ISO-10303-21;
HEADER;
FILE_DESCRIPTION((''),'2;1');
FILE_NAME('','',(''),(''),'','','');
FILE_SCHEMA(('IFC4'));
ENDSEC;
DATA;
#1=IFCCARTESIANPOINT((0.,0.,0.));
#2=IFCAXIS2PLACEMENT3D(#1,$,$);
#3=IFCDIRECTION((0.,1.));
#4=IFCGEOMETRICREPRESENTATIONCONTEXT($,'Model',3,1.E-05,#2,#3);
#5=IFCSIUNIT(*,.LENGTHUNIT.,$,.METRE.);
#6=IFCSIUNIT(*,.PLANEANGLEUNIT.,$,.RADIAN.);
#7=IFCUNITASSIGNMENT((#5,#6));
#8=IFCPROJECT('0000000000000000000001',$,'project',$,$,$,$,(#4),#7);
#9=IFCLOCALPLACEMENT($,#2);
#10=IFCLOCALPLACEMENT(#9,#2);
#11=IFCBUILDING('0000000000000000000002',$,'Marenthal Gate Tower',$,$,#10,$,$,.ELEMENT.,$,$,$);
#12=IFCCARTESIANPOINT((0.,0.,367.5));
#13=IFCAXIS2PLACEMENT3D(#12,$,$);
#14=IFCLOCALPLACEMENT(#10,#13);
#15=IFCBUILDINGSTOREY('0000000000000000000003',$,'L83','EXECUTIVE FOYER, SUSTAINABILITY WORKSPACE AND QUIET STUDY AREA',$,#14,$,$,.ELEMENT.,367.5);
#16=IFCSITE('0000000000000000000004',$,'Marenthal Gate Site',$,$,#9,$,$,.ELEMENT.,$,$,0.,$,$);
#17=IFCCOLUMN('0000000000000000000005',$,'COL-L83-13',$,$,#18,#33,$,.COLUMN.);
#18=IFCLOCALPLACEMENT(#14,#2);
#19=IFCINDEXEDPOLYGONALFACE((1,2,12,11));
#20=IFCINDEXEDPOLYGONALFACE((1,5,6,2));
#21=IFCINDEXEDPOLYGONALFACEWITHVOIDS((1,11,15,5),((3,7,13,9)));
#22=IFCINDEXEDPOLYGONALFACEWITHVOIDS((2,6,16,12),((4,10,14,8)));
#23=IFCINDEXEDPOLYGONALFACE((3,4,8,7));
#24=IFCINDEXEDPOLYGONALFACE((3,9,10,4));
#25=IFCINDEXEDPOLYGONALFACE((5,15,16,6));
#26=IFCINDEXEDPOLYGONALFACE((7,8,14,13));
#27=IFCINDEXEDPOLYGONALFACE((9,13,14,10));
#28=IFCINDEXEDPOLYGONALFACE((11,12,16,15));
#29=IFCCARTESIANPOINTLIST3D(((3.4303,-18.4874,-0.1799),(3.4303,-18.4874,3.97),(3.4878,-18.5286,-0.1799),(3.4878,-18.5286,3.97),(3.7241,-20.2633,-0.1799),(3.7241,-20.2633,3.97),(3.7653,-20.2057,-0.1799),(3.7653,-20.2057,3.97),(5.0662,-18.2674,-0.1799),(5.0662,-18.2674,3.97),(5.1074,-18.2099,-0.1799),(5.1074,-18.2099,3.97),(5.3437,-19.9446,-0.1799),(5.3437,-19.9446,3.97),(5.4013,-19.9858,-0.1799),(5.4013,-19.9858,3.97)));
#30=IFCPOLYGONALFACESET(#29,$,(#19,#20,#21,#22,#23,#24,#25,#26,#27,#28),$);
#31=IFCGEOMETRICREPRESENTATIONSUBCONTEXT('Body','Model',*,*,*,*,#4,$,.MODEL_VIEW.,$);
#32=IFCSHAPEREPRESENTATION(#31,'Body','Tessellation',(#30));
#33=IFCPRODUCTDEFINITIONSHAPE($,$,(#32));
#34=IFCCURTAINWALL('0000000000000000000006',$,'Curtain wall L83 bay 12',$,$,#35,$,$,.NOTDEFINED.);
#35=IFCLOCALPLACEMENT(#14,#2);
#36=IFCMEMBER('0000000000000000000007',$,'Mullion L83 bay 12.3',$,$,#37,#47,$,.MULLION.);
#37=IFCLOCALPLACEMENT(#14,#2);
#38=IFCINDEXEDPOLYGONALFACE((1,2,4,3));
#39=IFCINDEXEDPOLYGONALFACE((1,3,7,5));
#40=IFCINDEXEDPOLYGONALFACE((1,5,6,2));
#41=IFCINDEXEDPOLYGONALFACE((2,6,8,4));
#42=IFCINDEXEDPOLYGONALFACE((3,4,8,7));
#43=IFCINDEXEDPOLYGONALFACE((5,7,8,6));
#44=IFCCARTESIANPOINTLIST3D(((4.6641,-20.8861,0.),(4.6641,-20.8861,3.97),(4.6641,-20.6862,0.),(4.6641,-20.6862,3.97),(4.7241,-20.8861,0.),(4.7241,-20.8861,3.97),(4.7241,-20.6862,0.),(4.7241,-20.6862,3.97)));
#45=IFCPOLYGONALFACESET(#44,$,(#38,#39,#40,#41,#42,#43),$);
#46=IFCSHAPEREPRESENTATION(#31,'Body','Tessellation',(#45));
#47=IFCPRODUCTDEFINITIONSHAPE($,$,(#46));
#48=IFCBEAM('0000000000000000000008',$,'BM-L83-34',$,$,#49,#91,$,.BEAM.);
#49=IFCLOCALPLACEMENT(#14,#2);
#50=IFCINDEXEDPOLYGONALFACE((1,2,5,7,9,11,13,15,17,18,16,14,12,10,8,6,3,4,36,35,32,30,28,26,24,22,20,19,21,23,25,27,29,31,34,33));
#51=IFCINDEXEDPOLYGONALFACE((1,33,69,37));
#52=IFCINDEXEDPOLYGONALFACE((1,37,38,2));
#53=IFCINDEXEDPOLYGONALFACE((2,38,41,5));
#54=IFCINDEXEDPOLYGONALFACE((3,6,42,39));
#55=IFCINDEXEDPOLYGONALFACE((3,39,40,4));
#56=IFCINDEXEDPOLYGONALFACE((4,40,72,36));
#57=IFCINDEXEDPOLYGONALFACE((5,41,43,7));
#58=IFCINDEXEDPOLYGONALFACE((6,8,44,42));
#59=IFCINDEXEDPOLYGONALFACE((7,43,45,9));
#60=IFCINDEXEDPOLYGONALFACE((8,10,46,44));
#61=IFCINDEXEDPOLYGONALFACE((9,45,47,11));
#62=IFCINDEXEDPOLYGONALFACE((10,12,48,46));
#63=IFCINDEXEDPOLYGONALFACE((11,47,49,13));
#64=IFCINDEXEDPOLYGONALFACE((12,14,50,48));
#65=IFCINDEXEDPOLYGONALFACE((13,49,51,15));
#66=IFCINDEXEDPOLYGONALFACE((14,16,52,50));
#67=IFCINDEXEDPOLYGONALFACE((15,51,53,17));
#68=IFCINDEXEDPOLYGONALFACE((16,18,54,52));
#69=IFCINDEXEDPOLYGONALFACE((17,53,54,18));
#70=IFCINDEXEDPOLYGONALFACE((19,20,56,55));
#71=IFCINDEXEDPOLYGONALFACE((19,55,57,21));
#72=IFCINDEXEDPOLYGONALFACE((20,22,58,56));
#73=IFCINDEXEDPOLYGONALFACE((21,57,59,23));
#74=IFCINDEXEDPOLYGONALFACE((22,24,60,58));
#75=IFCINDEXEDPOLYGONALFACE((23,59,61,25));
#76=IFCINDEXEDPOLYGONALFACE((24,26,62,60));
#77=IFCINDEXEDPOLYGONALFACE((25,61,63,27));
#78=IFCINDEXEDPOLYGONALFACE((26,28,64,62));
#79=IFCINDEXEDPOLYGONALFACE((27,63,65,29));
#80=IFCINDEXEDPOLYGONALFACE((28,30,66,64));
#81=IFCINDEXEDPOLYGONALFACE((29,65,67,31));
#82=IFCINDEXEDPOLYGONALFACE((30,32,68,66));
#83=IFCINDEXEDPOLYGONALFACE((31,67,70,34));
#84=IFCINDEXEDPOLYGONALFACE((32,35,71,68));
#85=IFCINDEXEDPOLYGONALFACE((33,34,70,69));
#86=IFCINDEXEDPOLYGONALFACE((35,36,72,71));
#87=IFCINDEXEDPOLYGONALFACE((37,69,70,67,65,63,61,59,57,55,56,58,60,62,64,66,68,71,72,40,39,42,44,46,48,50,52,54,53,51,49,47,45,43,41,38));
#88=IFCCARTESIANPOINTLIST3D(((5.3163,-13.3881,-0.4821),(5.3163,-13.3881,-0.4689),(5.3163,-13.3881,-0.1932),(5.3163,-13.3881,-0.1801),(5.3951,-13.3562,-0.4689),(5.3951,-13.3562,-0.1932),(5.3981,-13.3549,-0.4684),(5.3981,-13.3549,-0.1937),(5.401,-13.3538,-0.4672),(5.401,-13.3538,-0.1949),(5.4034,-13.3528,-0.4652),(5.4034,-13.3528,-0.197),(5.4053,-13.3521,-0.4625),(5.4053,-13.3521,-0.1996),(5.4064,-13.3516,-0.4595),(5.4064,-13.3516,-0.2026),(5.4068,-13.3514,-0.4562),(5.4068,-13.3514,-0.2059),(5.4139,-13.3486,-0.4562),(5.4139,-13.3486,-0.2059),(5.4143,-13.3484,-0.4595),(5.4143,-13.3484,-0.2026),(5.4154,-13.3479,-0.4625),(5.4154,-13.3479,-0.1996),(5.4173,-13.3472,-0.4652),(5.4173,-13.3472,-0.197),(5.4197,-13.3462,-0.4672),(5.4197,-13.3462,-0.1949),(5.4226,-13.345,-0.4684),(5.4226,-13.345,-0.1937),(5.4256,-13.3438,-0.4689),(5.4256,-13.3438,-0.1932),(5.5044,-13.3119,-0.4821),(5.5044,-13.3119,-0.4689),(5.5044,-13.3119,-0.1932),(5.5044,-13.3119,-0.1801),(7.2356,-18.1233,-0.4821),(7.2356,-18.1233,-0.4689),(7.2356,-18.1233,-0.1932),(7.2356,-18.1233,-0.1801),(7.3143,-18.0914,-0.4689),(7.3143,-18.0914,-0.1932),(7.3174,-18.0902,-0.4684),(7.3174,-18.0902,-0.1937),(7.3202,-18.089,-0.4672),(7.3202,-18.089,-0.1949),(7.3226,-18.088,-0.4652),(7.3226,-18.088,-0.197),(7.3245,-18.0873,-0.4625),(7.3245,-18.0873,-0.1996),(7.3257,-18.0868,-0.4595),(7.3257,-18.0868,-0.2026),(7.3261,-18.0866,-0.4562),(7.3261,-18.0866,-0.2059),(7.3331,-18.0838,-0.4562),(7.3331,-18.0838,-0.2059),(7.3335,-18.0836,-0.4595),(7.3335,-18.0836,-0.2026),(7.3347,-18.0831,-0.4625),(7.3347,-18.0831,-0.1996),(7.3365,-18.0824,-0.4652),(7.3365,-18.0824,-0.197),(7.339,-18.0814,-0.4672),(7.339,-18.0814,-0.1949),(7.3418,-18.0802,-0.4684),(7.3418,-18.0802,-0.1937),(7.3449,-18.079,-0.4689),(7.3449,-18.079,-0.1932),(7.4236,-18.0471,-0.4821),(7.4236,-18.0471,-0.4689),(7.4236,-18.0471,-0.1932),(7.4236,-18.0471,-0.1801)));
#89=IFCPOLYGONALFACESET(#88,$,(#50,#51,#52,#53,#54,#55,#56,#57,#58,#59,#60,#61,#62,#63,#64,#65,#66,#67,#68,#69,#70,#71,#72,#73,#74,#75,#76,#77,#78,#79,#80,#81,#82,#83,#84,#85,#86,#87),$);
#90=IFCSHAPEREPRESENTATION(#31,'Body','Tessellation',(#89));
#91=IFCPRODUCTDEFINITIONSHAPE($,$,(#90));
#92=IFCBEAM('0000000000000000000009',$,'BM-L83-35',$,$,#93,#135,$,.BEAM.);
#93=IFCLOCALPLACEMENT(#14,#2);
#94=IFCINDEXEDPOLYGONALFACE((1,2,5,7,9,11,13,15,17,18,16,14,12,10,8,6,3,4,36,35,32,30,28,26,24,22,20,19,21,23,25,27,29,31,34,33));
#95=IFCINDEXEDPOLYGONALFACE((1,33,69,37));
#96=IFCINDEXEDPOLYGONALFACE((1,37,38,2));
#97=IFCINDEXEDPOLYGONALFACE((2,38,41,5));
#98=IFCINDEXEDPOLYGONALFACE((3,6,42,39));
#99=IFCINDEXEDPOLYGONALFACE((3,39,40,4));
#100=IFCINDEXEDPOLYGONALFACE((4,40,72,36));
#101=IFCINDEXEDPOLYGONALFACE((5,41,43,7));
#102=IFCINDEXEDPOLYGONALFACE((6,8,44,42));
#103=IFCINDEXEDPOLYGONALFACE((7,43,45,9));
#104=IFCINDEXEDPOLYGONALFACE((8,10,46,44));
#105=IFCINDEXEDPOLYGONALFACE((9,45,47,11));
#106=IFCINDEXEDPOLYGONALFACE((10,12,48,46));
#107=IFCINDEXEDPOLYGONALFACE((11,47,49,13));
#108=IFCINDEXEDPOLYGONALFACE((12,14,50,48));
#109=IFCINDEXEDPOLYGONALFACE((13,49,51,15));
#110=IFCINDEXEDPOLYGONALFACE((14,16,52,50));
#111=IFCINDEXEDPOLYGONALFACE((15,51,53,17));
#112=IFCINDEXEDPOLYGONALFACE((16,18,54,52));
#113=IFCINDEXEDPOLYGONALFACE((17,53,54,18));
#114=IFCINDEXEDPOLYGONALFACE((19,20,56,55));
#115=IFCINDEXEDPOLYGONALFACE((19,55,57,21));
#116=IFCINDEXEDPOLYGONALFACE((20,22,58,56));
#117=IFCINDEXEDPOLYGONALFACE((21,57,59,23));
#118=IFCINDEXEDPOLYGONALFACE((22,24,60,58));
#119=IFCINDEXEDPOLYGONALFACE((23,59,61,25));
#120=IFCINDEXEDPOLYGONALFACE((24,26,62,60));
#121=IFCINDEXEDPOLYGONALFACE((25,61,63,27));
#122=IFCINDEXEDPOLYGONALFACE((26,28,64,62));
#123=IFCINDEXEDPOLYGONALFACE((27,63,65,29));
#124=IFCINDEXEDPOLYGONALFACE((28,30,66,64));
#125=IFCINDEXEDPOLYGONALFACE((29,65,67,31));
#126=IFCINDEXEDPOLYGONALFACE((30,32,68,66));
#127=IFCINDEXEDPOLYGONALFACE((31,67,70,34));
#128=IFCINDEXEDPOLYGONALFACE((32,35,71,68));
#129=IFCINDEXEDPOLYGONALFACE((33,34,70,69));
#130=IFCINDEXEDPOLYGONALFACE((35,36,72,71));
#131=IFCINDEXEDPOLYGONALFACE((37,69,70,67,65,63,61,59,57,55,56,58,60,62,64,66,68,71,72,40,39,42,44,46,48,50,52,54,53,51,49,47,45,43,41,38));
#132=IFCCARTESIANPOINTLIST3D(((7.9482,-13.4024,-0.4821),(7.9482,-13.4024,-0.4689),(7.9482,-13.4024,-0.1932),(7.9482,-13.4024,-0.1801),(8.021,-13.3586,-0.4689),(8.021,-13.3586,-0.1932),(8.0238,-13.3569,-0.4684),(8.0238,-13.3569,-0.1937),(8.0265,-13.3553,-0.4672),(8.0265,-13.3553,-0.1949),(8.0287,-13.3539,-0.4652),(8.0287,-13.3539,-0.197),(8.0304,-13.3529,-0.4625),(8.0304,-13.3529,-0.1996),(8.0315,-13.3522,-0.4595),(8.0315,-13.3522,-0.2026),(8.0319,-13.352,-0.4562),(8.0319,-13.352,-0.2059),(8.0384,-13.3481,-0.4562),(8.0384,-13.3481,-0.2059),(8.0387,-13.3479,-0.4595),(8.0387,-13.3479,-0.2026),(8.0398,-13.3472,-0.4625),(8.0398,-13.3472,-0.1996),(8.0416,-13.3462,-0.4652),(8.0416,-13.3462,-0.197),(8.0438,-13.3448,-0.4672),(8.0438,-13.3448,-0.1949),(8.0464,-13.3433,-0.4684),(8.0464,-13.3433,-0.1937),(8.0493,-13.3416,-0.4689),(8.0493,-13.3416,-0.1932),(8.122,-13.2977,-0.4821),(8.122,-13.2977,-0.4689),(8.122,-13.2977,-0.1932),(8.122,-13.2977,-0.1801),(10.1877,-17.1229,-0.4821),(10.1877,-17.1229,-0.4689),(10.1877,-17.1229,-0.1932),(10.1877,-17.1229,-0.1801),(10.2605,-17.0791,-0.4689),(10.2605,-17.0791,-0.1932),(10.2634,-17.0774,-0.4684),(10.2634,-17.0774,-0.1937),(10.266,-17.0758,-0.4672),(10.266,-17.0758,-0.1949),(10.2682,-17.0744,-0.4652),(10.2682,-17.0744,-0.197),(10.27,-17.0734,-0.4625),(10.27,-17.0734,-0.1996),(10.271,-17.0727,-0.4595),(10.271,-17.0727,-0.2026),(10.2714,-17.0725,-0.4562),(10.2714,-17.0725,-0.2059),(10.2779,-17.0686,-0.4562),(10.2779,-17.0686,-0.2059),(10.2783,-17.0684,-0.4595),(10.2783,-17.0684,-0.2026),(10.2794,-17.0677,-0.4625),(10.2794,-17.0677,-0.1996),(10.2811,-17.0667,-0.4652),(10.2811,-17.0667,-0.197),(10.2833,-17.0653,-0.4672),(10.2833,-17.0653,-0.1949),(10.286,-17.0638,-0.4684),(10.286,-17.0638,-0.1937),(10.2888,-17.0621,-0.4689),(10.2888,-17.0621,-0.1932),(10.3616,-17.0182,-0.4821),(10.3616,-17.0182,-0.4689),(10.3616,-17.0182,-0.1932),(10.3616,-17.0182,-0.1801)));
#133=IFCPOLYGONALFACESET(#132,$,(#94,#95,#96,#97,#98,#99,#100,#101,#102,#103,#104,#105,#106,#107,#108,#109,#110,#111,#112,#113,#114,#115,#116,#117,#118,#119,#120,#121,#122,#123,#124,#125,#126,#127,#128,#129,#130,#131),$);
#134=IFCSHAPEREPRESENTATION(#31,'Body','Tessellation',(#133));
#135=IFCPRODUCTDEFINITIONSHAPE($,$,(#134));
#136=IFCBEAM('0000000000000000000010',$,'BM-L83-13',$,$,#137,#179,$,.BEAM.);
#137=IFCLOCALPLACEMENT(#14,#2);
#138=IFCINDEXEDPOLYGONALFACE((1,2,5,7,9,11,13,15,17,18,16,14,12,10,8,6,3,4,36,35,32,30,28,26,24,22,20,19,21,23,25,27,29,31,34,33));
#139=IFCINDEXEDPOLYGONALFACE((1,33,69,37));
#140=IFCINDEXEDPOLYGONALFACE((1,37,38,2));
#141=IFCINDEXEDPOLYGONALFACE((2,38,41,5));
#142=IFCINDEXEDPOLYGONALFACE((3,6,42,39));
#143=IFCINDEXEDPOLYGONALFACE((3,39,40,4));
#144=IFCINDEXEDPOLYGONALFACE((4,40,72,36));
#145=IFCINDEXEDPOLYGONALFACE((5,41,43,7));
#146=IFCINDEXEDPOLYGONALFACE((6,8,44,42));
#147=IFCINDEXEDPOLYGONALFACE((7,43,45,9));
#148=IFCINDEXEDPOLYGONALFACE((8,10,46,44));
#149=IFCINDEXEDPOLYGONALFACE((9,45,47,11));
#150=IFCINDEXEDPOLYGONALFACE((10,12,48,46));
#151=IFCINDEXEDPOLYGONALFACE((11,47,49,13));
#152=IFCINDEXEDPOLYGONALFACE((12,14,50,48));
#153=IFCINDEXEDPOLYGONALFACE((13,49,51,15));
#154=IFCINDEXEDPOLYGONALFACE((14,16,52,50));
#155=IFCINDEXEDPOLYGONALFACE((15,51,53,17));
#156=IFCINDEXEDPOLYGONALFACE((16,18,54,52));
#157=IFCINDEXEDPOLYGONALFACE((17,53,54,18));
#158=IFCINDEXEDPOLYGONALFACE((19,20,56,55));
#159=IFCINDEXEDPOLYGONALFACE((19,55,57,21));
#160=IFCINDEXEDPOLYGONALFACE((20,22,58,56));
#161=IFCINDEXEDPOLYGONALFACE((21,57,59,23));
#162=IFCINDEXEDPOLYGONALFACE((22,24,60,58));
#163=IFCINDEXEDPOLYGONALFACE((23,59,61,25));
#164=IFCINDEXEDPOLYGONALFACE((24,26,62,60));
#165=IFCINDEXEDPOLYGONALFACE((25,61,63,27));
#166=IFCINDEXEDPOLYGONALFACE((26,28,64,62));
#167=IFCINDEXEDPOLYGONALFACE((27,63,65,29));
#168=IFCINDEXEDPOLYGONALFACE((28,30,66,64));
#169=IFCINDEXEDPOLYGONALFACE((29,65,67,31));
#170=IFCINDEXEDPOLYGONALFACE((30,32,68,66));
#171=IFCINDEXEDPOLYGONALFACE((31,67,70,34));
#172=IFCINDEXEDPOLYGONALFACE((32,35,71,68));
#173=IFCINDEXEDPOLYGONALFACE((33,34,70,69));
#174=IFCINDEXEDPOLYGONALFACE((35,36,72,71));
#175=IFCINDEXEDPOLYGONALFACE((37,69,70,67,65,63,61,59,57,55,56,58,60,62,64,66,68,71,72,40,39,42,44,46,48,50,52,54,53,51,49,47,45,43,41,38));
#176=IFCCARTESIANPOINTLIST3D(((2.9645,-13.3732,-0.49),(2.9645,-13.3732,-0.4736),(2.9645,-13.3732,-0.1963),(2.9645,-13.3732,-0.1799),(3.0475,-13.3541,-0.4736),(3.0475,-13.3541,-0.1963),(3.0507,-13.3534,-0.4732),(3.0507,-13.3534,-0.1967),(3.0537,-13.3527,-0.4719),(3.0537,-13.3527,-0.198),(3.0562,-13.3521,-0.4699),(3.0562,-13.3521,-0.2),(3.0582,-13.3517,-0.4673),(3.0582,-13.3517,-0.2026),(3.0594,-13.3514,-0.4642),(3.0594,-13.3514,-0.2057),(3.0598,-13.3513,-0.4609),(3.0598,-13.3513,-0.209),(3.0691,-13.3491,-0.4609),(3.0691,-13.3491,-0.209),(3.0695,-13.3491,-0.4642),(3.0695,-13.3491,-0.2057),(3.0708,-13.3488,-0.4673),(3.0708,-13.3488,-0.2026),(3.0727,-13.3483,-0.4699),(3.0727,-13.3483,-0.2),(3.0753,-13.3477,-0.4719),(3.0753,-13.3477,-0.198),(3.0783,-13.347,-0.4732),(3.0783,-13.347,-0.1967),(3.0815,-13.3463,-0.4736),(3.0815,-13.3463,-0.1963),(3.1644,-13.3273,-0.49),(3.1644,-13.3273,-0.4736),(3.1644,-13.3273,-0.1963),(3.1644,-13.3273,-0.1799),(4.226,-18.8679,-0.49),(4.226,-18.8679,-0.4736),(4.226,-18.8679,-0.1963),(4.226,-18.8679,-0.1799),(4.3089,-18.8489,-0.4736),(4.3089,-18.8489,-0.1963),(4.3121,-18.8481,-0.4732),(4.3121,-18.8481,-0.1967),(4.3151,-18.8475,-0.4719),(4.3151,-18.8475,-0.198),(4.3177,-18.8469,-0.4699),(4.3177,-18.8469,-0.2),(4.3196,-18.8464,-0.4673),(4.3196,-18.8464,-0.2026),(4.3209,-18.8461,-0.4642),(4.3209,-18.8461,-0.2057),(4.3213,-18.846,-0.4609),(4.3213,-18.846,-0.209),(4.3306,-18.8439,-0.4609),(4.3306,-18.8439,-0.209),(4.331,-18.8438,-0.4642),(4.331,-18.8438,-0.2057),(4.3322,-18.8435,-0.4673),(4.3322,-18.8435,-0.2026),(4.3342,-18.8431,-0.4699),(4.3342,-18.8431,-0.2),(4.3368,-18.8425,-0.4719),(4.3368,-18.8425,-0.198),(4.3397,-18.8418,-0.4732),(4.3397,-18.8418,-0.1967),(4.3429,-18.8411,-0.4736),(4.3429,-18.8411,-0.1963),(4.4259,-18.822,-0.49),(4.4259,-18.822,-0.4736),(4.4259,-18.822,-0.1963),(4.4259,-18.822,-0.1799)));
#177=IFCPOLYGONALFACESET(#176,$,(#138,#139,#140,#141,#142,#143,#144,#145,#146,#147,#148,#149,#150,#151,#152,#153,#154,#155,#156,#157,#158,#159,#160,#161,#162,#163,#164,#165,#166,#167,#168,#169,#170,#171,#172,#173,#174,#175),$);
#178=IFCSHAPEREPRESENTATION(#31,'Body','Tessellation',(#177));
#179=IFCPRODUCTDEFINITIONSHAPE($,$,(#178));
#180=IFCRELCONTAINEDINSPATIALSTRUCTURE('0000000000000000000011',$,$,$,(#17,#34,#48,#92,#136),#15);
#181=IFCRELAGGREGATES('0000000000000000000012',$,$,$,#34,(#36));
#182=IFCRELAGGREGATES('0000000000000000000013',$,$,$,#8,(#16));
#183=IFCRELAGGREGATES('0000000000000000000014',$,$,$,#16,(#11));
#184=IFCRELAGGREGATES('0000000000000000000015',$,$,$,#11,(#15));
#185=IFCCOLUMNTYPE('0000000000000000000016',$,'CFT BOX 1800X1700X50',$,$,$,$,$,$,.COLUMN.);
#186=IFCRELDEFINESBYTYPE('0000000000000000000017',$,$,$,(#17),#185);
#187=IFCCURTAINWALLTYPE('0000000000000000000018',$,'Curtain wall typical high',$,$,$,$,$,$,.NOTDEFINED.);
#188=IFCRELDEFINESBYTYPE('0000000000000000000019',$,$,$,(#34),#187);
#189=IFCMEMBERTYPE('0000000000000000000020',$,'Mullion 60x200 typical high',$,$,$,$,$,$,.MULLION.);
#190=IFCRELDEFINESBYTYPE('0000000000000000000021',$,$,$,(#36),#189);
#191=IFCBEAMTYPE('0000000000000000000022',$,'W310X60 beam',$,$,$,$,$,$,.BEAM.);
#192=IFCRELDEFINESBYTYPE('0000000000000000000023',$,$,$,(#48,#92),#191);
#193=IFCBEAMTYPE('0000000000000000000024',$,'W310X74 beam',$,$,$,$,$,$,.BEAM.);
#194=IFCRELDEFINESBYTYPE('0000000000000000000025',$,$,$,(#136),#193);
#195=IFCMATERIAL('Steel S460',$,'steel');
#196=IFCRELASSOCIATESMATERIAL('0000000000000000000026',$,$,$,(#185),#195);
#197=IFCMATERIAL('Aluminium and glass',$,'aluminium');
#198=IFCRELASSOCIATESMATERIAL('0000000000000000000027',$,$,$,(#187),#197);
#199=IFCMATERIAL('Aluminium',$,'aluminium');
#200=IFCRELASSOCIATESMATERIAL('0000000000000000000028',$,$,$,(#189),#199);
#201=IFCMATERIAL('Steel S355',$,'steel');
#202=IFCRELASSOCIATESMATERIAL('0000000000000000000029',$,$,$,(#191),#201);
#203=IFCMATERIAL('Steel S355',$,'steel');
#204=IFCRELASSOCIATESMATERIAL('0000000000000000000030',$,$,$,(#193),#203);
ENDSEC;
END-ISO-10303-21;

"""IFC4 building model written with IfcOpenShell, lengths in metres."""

from ifc_helpers import new_model, si_unit, direction, frame, origin, origin_2d, place, context, subcontext, project, spatial, rectangle, hollow_rectangle, i_section, extrude, material, material_profile, profile_set, type_object, element, aggregate, save


model = new_model("IFC4")

# Units and contexts
model_context = context("Model", 3, precision=1e-05, world=origin(), true_north=direction((0.0, 1.0)))
body_context = subcontext(model_context, "Body", "Model", "MODEL_VIEW")
ifc_project = project(units=[si_unit("LENGTHUNIT", "METRE"), si_unit("PLANEANGLEUNIT", "RADIAN")], contexts=[model_context])

# Site, building, storey
site_placement = place(None, origin())
site = spatial("IfcSite", under=ifc_project, at=site_placement, Name="Marenthal Gate Site", CompositionType="ELEMENT", RefElevation=0.0)
building_placement = place(site_placement, origin())
building = spatial("IfcBuilding", under=site, at=building_placement, Name="Marenthal Gate Tower", CompositionType="ELEMENT")
storey_placement = place(building_placement, frame((0.0, 0.0, 367.5)))
storey = spatial("IfcBuildingStorey", under=building, at=storey_placement, Name="L83", Description="EXECUTIVE FOYER, SUSTAINABILITY WORKSPACE AND QUIET STUDY AREA", CompositionType="ELEMENT", Elevation=367.5)

# Column
ifc_material_1 = material(Name="Steel S460", Category="steel")
ifc_material_profile_1 = material_profile(ifc_material_1, hollow_rectangle(XDim=1.7, YDim=1.8, WallThickness=0.05, at=origin_2d()), Name="CFT BOX 1800X1700X50")
ifc_material_2 = material(Name="Concrete 70 MPa", Category="concrete")
ifc_material_profile_2 = material_profile(ifc_material_2, rectangle(XDim=1.6001, YDim=1.7, at=origin_2d()), Name="CFT BOX 1800X1700X50 INFILL")
ifc_profile_set_1 = profile_set([ifc_material_profile_1, ifc_material_profile_2], Name="Steel S460 shell, Concrete 70 MPa infill")
column_type = type_object("IfcColumnType", Name="CFT BOX 1800X1700X50", PredefinedType="COLUMN", material=ifc_profile_set_1)
column_placement = place(storey_placement, frame((4.4158, -19.2366, -0.1799), z_axis=(0.0, 0.0, 1.0), x_axis=(-0.98659, -0.163221, 0.0)))
element("IfcColumn", 1, at=column_placement, inside=storey, type_object=column_type, Name="COL-L83-13", PredefinedType="COLUMN", context=body_context, shape_type="SweptSolid", body=[
    extrude(hollow_rectangle(XDim=1.7, YDim=1.8, WallThickness=0.05, at=origin_2d()), origin(), (0.0, 0.0, 1.0), 4.1499),
])

# Curtain wall, member
ifc_material_3 = material(Name="Aluminium and glass", Category="aluminium")
curtain_wall_type = type_object("IfcCurtainWallType", Name="Curtain wall typical high", PredefinedType="NOTDEFINED", material=ifc_material_3)
curtain_wall_placement = place(storey_placement, origin())
curtain_wall = element("IfcCurtainWall", 2, at=curtain_wall_placement, inside=storey, type_object=curtain_wall_type, Name="Curtain wall L83 bay 12", PredefinedType="NOTDEFINED")
ifc_material_4 = material(Name="Aluminium", Category="aluminium")
ifc_material_profile_3 = material_profile(ifc_material_4, rectangle(XDim=0.2, YDim=0.0601, at=origin_2d()), Name="60x200 aluminium mullion")
ifc_profile_set_2 = profile_set([ifc_material_profile_3], Name="Aluminium")
member_type = type_object("IfcMemberType", Name="Mullion 60x200 typical high", PredefinedType="MULLION", material=ifc_profile_set_2)
member_placement = place(storey_placement, frame((4.6941, -20.7861, 0.0), z_axis=(0.0, 0.0, 1.0), x_axis=(0.0, 1.0, 0.0)))
member = element("IfcMember", 3, at=member_placement, type_object=member_type, Name="Mullion L83 bay 12.3", PredefinedType="MULLION", context=body_context, shape_type="SweptSolid", body=[
    extrude(rectangle(XDim=0.2, YDim=0.0601, at=origin_2d()), origin(), (0.0, 0.0, 1.0), 3.97),
])

# Beams
ifc_material_5 = material(Name="Steel S355", Category="steel")
ifc_material_profile_4 = material_profile(ifc_material_5, i_section(OverallWidth=0.2029, OverallDepth=0.302, WebThickness=0.0076, FlangeThickness=0.0132, FilletRadius=0.0127, at=origin_2d()), Name="W310X60")
ifc_profile_set_3 = profile_set([ifc_material_profile_4], Name="Steel S355")
beam_type_1 = type_object("IfcBeamType", Name="W310X60 beam", PredefinedType="BEAM", material=ifc_profile_set_3)
beam_1_placement = place(storey_placement, frame((7.3296, -18.0852, -0.3311), z_axis=(-0.37563, 0.92677, 0.0), x_axis=(-0.92677, -0.37563, 0.0)))
element("IfcBeam", 4, at=beam_1_placement, inside=storey, type_object=beam_type_1, Name="BM-L83-34", PredefinedType="BEAM", context=body_context, shape_type="SweptSolid", body=[
    extrude(i_section(OverallWidth=0.2029, OverallDepth=0.302, WebThickness=0.0076, FlangeThickness=0.0132, FilletRadius=0.0127, at=origin_2d()), origin(), (0.0, 0.0, 1.0), 5.1094),
])
beam_2_placement = place(storey_placement, frame((10.2747, -17.0706, -0.3311), z_axis=(-0.515719, 0.856758, 0.0), x_axis=(-0.856758, -0.515719, 0.0)))
element("IfcBeam", 5, at=beam_2_placement, inside=storey, type_object=beam_type_1, Name="BM-L83-35", PredefinedType="BEAM", context=body_context, shape_type="SweptSolid", body=[
    extrude(i_section(OverallWidth=0.2029, OverallDepth=0.302, WebThickness=0.0076, FlangeThickness=0.0132, FilletRadius=0.0127, at=origin_2d()), origin(), (0.0, 0.0, 1.0), 4.3425),
])
ifc_material_6 = material(Name="Steel S355", Category="steel")
ifc_material_profile_5 = material_profile(ifc_material_6, i_section(OverallWidth=0.2051, OverallDepth=0.3101, WebThickness=0.0095, FlangeThickness=0.0164, FilletRadius=0.0127, at=origin_2d()), Name="W310X74")
ifc_profile_set_4 = profile_set([ifc_material_profile_5], Name="Steel S355")
beam_type_2 = type_object("IfcBeamType", Name="W310X74 beam", PredefinedType="BEAM", material=ifc_profile_set_4)
beam_3_placement = place(storey_placement, frame((4.3259, -18.845, -0.335), z_axis=(-0.223752, 0.974646, 0.0), x_axis=(-0.974646, -0.223752, 0.0)))
element("IfcBeam", 6, at=beam_3_placement, inside=storey, type_object=beam_type_2, Name="BM-L83-13", PredefinedType="BEAM", context=body_context, shape_type="SweptSolid", body=[
    extrude(i_section(OverallWidth=0.2051, OverallDepth=0.3101, WebThickness=0.0095, FlangeThickness=0.0164, FilletRadius=0.0127, at=origin_2d()), origin(), (0.0, 0.0, 1.0), 5.6377),
])

aggregate(curtain_wall, [member])

save(model, "model.ifc")
